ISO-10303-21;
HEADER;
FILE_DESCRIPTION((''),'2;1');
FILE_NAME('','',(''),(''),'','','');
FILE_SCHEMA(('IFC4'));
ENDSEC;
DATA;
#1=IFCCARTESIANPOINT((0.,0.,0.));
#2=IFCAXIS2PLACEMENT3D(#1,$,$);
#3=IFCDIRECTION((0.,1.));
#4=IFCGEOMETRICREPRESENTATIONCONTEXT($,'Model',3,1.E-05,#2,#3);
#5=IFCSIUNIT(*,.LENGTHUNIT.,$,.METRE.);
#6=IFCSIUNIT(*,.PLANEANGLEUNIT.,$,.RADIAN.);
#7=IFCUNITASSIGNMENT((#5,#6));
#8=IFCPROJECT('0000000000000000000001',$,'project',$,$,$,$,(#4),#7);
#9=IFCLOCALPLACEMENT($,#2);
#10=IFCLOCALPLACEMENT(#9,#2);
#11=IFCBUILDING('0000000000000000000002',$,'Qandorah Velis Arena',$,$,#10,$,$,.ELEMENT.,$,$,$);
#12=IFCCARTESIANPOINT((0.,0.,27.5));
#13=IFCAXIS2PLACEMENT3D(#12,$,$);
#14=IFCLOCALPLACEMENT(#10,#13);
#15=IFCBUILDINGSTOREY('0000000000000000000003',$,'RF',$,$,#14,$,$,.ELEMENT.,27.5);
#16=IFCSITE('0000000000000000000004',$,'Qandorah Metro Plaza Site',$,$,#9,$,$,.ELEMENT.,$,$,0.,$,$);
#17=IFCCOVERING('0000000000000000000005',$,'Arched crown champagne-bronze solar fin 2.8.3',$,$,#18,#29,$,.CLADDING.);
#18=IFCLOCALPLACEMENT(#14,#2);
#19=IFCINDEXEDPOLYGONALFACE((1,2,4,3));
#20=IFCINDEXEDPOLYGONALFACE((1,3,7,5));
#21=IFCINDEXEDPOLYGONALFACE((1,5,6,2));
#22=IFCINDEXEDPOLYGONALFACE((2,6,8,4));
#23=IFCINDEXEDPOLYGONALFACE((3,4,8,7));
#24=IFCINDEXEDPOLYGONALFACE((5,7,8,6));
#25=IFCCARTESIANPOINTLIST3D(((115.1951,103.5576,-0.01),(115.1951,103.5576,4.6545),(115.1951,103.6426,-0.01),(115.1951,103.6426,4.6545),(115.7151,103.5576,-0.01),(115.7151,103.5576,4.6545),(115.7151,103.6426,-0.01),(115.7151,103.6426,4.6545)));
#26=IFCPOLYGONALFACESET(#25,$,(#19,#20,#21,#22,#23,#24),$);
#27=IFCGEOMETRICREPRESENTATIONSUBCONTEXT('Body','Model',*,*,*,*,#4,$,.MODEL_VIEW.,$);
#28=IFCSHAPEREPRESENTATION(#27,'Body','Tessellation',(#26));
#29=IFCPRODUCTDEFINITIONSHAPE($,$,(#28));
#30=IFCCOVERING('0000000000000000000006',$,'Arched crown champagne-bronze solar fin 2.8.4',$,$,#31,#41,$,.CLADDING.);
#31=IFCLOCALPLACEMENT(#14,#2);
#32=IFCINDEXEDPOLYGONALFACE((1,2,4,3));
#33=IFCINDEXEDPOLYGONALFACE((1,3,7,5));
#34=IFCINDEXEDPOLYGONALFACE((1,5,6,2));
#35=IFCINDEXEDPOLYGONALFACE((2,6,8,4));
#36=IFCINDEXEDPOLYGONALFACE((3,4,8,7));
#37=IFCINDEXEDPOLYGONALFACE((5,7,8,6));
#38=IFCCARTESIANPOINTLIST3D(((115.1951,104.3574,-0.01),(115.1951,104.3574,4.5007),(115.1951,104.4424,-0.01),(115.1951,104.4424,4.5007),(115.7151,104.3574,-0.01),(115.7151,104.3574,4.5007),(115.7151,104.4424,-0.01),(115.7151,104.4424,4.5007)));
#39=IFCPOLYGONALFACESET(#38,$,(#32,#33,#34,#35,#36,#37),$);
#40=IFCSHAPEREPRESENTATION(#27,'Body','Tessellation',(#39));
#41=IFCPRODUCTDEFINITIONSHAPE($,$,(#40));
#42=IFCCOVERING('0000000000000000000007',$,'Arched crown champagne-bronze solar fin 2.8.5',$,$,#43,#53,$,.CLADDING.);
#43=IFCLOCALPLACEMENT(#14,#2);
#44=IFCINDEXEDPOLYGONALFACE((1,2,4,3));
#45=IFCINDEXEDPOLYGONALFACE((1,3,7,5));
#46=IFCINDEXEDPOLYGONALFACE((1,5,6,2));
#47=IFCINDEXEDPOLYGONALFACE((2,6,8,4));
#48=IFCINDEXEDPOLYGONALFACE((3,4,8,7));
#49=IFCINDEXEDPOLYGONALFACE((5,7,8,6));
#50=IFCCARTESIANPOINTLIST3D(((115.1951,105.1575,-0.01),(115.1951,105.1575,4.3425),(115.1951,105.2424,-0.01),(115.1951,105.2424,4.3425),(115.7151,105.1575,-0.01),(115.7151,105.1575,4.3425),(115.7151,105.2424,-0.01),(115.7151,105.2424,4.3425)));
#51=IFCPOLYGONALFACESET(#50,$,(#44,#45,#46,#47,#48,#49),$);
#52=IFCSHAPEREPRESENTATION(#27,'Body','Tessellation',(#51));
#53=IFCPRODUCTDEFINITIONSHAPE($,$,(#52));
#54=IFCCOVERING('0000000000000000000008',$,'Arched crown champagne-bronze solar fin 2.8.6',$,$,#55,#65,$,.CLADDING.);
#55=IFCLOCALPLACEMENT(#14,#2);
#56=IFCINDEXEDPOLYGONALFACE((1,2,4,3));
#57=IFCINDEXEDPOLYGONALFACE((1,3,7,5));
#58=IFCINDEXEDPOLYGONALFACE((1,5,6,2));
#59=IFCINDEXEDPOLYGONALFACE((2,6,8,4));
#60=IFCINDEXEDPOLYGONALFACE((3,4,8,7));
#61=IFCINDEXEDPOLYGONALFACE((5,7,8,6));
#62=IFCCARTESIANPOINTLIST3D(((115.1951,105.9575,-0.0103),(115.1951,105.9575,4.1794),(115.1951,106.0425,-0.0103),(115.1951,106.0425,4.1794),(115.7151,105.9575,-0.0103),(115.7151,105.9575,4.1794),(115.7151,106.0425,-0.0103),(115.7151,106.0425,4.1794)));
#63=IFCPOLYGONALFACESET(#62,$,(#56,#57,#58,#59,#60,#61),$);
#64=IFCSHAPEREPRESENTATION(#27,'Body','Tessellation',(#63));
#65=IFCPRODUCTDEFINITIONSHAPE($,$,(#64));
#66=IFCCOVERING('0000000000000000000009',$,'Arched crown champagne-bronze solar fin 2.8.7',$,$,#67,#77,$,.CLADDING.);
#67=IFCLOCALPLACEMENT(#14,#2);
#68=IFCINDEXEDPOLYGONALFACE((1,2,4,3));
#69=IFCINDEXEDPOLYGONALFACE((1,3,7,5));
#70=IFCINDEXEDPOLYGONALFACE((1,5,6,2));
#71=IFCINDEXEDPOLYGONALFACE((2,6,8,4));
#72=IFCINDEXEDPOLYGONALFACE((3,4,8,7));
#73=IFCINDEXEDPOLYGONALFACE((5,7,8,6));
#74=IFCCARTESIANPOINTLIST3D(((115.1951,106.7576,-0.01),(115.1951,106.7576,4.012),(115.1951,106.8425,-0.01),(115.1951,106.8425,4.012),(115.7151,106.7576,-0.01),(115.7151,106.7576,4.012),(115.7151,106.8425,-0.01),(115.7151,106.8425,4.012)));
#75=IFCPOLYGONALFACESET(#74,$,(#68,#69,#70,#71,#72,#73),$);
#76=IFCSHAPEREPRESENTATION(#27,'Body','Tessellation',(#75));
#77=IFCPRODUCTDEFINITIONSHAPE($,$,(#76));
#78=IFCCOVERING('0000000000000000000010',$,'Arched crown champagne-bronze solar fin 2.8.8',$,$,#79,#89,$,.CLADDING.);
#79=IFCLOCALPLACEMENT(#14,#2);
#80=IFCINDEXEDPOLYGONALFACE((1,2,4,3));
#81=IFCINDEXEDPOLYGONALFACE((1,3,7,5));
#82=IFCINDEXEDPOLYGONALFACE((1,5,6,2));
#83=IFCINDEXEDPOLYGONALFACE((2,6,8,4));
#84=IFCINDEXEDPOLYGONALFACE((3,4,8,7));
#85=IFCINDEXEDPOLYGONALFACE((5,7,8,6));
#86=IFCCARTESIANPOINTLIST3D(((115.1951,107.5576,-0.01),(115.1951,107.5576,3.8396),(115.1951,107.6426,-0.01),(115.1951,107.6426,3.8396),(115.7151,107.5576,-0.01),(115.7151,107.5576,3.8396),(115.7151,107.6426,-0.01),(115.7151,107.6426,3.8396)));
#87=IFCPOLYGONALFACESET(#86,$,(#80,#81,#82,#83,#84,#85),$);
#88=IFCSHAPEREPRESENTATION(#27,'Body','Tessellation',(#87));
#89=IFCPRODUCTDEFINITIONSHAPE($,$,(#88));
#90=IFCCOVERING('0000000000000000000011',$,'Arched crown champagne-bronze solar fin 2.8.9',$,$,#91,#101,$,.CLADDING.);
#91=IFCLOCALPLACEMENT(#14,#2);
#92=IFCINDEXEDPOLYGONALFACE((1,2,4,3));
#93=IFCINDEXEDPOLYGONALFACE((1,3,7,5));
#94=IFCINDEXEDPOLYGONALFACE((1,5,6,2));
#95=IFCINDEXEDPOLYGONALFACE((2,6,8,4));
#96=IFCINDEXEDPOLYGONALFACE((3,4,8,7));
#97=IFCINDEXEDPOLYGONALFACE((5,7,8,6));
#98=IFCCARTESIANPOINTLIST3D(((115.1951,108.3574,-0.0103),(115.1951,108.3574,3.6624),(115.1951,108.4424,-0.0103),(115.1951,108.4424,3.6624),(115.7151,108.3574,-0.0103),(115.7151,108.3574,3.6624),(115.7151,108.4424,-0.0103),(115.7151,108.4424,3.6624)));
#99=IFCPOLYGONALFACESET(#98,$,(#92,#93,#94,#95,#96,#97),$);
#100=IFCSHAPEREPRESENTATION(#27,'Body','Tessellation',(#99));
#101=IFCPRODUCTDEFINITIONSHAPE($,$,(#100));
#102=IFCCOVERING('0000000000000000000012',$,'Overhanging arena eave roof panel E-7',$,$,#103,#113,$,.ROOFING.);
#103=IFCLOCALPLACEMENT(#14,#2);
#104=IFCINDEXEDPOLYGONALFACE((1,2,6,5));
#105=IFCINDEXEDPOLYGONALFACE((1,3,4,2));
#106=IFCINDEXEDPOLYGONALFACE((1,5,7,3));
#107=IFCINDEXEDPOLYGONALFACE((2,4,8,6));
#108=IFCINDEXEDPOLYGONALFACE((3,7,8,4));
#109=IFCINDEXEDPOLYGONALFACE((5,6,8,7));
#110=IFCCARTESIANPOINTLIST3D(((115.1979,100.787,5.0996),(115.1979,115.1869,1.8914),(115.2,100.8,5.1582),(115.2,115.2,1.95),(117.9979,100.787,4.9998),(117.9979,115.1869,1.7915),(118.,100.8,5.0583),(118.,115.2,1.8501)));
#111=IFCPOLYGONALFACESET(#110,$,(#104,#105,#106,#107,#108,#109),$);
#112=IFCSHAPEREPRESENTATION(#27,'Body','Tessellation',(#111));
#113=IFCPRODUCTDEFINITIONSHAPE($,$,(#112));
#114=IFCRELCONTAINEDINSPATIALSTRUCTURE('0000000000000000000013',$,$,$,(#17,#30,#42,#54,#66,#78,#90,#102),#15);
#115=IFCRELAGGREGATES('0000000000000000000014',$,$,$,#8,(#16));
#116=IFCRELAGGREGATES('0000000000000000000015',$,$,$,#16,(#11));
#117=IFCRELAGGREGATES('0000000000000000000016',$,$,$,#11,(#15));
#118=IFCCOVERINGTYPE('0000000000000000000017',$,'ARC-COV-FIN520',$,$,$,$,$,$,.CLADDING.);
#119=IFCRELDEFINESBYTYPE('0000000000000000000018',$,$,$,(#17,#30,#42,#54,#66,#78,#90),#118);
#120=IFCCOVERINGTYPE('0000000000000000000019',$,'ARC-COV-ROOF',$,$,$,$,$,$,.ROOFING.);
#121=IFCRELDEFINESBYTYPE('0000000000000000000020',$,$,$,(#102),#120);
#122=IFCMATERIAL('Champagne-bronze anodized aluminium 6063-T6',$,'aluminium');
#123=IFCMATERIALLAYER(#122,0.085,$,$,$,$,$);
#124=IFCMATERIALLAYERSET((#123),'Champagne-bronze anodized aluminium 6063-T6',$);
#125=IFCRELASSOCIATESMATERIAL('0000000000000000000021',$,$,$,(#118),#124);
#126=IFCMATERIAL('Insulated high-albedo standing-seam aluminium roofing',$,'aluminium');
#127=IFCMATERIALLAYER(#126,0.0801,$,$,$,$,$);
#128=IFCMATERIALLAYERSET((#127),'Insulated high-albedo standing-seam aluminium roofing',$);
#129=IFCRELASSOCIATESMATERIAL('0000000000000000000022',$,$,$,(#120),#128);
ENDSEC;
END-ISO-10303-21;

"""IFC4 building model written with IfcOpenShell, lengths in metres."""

from ifc_helpers import new_model, si_unit, direction, frame, origin, origin_2d, place, context, subcontext, project, spatial, polyline, rectangle, outline, extrude, material, layer, layer_set, type_object, element, save


model = new_model("IFC4")

# Units and contexts
model_context = context("Model", 3, precision=1e-05, world=origin(), true_north=direction((0.0, 1.0)))
body_context = subcontext(model_context, "Body", "Model", "MODEL_VIEW")
ifc_project = project(units=[si_unit("LENGTHUNIT", "METRE"), si_unit("PLANEANGLEUNIT", "RADIAN")], contexts=[model_context])

# Site, building, storey
site_placement = place(None, origin())
site = spatial("IfcSite", under=ifc_project, at=site_placement, Name="Qandorah Metro Plaza Site", CompositionType="ELEMENT", RefElevation=0.0)
building_placement = place(site_placement, origin())
building = spatial("IfcBuilding", under=site, at=building_placement, Name="Qandorah Velis Arena", CompositionType="ELEMENT")
storey_placement = place(building_placement, frame((0.0, 0.0, 27.5)))
storey = spatial("IfcBuildingStorey", under=building, at=storey_placement, Name="RF", CompositionType="ELEMENT", Elevation=27.5)

# Shared definitions
ifc_material_1 = material(Name="Champagne-bronze anodized aluminium 6063-T6", Category="aluminium")

# Coverings
ifc_layer_1 = layer(ifc_material_1, 0.085)
ifc_layer_set_1 = layer_set([ifc_layer_1], Name="Champagne-bronze anodized aluminium 6063-T6")
covering_type_1 = type_object("IfcCoveringType", Name="ARC-COV-FIN520", PredefinedType="CLADDING", material=ifc_layer_set_1)
covering_1_placement = place(storey_placement, frame((115.4551, 103.6001, -0.01), z_axis=(0.0, 0.0, 1.0), x_axis=(1.0, 0.0, 0.0)))
element("IfcCovering", 1, at=covering_1_placement, inside=storey, type_object=covering_type_1, Name="Arched crown champagne-bronze solar fin 2.8.3", PredefinedType="CLADDING", context=body_context, shape_type="SweptSolid", body=[
    extrude(rectangle(XDim=0.52, YDim=0.085, at=origin_2d()), origin(), (0.0, 0.0, 1.0), 4.6646),
])
covering_2_placement = place(storey_placement, frame((115.4551, 104.3999, -0.01), z_axis=(0.0, 0.0, 1.0), x_axis=(1.0, 0.0, 0.0)))
element("IfcCovering", 2, at=covering_2_placement, inside=storey, type_object=covering_type_1, Name="Arched crown champagne-bronze solar fin 2.8.4", PredefinedType="CLADDING", context=body_context, shape_type="SweptSolid", body=[
    extrude(rectangle(XDim=0.52, YDim=0.085, at=origin_2d()), origin(), (0.0, 0.0, 1.0), 4.5107),
])
covering_3_placement = place(storey_placement, frame((115.4551, 105.2, -0.01), z_axis=(0.0, 0.0, 1.0), x_axis=(1.0, 0.0, 0.0)))
element("IfcCovering", 3, at=covering_3_placement, inside=storey, type_object=covering_type_1, Name="Arched crown champagne-bronze solar fin 2.8.5", PredefinedType="CLADDING", context=body_context, shape_type="SweptSolid", body=[
    extrude(rectangle(XDim=0.52, YDim=0.085, at=origin_2d()), origin(), (0.0, 0.0, 1.0), 4.3525),
])
covering_4_placement = place(storey_placement, frame((115.4551, 106.0, -0.0103), z_axis=(0.0, 0.0, 1.0), x_axis=(1.0, 0.0, 0.0)))
element("IfcCovering", 4, at=covering_4_placement, inside=storey, type_object=covering_type_1, Name="Arched crown champagne-bronze solar fin 2.8.6", PredefinedType="CLADDING", context=body_context, shape_type="SweptSolid", body=[
    extrude(rectangle(XDim=0.52, YDim=0.085, at=origin_2d()), origin(), (0.0, 0.0, 1.0), 4.1897),
])
covering_5_placement = place(storey_placement, frame((115.4551, 106.8, -0.01), z_axis=(0.0, 0.0, 1.0), x_axis=(1.0, 0.0, 0.0)))
element("IfcCovering", 5, at=covering_5_placement, inside=storey, type_object=covering_type_1, Name="Arched crown champagne-bronze solar fin 2.8.7", PredefinedType="CLADDING", context=body_context, shape_type="SweptSolid", body=[
    extrude(rectangle(XDim=0.52, YDim=0.085, at=origin_2d()), origin(), (0.0, 0.0, 1.0), 4.022),
])
covering_6_placement = place(storey_placement, frame((115.4551, 107.6001, -0.01), z_axis=(0.0, 0.0, 1.0), x_axis=(1.0, 0.0, 0.0)))
element("IfcCovering", 6, at=covering_6_placement, inside=storey, type_object=covering_type_1, Name="Arched crown champagne-bronze solar fin 2.8.8", PredefinedType="CLADDING", context=body_context, shape_type="SweptSolid", body=[
    extrude(rectangle(XDim=0.52, YDim=0.085, at=origin_2d()), origin(), (0.0, 0.0, 1.0), 3.8496),
])
covering_7_placement = place(storey_placement, frame((115.4551, 108.3999, -0.0103), z_axis=(0.0, 0.0, 1.0), x_axis=(1.0, 0.0, 0.0)))
element("IfcCovering", 7, at=covering_7_placement, inside=storey, type_object=covering_type_1, Name="Arched crown champagne-bronze solar fin 2.8.9", PredefinedType="CLADDING", context=body_context, shape_type="SweptSolid", body=[
    extrude(rectangle(XDim=0.52, YDim=0.085, at=origin_2d()), origin(), (0.0, 0.0, 1.0), 3.6726),
])
ifc_material_2 = material(Name="Insulated high-albedo standing-seam aluminium roofing", Category="aluminium")
ifc_layer_2 = layer(ifc_material_2, 0.0801)
ifc_layer_set_2 = layer_set([ifc_layer_2], Name="Insulated high-albedo standing-seam aluminium roofing")
covering_type_2 = type_object("IfcCoveringType", Name="ARC-COV-ROOF", PredefinedType="ROOFING", material=ifc_layer_set_2)
covering_8_placement = place(storey_placement, frame((115.2, 100.8, 5.1582), z_axis=(0.034787, 0.217333, 0.975477), x_axis=(0.999365, 0.0, -0.035639)))
element("IfcCovering", 8, at=covering_8_placement, inside=storey, type_object=covering_type_2, Name="Overhanging arena eave roof panel E-7", PredefinedType="ROOFING", context=body_context, shape_type="SweptSolid", body=[
    extrude(outline(polyline([(0.0, 0.0), (2.8018, 0.0), (2.9162, 14.7525), (0.1143, 14.7525), (0.0, 0.0)])), origin(), (0.0, 0.0, -1.0), 0.0601),
])

save(model, "model.ifc")
